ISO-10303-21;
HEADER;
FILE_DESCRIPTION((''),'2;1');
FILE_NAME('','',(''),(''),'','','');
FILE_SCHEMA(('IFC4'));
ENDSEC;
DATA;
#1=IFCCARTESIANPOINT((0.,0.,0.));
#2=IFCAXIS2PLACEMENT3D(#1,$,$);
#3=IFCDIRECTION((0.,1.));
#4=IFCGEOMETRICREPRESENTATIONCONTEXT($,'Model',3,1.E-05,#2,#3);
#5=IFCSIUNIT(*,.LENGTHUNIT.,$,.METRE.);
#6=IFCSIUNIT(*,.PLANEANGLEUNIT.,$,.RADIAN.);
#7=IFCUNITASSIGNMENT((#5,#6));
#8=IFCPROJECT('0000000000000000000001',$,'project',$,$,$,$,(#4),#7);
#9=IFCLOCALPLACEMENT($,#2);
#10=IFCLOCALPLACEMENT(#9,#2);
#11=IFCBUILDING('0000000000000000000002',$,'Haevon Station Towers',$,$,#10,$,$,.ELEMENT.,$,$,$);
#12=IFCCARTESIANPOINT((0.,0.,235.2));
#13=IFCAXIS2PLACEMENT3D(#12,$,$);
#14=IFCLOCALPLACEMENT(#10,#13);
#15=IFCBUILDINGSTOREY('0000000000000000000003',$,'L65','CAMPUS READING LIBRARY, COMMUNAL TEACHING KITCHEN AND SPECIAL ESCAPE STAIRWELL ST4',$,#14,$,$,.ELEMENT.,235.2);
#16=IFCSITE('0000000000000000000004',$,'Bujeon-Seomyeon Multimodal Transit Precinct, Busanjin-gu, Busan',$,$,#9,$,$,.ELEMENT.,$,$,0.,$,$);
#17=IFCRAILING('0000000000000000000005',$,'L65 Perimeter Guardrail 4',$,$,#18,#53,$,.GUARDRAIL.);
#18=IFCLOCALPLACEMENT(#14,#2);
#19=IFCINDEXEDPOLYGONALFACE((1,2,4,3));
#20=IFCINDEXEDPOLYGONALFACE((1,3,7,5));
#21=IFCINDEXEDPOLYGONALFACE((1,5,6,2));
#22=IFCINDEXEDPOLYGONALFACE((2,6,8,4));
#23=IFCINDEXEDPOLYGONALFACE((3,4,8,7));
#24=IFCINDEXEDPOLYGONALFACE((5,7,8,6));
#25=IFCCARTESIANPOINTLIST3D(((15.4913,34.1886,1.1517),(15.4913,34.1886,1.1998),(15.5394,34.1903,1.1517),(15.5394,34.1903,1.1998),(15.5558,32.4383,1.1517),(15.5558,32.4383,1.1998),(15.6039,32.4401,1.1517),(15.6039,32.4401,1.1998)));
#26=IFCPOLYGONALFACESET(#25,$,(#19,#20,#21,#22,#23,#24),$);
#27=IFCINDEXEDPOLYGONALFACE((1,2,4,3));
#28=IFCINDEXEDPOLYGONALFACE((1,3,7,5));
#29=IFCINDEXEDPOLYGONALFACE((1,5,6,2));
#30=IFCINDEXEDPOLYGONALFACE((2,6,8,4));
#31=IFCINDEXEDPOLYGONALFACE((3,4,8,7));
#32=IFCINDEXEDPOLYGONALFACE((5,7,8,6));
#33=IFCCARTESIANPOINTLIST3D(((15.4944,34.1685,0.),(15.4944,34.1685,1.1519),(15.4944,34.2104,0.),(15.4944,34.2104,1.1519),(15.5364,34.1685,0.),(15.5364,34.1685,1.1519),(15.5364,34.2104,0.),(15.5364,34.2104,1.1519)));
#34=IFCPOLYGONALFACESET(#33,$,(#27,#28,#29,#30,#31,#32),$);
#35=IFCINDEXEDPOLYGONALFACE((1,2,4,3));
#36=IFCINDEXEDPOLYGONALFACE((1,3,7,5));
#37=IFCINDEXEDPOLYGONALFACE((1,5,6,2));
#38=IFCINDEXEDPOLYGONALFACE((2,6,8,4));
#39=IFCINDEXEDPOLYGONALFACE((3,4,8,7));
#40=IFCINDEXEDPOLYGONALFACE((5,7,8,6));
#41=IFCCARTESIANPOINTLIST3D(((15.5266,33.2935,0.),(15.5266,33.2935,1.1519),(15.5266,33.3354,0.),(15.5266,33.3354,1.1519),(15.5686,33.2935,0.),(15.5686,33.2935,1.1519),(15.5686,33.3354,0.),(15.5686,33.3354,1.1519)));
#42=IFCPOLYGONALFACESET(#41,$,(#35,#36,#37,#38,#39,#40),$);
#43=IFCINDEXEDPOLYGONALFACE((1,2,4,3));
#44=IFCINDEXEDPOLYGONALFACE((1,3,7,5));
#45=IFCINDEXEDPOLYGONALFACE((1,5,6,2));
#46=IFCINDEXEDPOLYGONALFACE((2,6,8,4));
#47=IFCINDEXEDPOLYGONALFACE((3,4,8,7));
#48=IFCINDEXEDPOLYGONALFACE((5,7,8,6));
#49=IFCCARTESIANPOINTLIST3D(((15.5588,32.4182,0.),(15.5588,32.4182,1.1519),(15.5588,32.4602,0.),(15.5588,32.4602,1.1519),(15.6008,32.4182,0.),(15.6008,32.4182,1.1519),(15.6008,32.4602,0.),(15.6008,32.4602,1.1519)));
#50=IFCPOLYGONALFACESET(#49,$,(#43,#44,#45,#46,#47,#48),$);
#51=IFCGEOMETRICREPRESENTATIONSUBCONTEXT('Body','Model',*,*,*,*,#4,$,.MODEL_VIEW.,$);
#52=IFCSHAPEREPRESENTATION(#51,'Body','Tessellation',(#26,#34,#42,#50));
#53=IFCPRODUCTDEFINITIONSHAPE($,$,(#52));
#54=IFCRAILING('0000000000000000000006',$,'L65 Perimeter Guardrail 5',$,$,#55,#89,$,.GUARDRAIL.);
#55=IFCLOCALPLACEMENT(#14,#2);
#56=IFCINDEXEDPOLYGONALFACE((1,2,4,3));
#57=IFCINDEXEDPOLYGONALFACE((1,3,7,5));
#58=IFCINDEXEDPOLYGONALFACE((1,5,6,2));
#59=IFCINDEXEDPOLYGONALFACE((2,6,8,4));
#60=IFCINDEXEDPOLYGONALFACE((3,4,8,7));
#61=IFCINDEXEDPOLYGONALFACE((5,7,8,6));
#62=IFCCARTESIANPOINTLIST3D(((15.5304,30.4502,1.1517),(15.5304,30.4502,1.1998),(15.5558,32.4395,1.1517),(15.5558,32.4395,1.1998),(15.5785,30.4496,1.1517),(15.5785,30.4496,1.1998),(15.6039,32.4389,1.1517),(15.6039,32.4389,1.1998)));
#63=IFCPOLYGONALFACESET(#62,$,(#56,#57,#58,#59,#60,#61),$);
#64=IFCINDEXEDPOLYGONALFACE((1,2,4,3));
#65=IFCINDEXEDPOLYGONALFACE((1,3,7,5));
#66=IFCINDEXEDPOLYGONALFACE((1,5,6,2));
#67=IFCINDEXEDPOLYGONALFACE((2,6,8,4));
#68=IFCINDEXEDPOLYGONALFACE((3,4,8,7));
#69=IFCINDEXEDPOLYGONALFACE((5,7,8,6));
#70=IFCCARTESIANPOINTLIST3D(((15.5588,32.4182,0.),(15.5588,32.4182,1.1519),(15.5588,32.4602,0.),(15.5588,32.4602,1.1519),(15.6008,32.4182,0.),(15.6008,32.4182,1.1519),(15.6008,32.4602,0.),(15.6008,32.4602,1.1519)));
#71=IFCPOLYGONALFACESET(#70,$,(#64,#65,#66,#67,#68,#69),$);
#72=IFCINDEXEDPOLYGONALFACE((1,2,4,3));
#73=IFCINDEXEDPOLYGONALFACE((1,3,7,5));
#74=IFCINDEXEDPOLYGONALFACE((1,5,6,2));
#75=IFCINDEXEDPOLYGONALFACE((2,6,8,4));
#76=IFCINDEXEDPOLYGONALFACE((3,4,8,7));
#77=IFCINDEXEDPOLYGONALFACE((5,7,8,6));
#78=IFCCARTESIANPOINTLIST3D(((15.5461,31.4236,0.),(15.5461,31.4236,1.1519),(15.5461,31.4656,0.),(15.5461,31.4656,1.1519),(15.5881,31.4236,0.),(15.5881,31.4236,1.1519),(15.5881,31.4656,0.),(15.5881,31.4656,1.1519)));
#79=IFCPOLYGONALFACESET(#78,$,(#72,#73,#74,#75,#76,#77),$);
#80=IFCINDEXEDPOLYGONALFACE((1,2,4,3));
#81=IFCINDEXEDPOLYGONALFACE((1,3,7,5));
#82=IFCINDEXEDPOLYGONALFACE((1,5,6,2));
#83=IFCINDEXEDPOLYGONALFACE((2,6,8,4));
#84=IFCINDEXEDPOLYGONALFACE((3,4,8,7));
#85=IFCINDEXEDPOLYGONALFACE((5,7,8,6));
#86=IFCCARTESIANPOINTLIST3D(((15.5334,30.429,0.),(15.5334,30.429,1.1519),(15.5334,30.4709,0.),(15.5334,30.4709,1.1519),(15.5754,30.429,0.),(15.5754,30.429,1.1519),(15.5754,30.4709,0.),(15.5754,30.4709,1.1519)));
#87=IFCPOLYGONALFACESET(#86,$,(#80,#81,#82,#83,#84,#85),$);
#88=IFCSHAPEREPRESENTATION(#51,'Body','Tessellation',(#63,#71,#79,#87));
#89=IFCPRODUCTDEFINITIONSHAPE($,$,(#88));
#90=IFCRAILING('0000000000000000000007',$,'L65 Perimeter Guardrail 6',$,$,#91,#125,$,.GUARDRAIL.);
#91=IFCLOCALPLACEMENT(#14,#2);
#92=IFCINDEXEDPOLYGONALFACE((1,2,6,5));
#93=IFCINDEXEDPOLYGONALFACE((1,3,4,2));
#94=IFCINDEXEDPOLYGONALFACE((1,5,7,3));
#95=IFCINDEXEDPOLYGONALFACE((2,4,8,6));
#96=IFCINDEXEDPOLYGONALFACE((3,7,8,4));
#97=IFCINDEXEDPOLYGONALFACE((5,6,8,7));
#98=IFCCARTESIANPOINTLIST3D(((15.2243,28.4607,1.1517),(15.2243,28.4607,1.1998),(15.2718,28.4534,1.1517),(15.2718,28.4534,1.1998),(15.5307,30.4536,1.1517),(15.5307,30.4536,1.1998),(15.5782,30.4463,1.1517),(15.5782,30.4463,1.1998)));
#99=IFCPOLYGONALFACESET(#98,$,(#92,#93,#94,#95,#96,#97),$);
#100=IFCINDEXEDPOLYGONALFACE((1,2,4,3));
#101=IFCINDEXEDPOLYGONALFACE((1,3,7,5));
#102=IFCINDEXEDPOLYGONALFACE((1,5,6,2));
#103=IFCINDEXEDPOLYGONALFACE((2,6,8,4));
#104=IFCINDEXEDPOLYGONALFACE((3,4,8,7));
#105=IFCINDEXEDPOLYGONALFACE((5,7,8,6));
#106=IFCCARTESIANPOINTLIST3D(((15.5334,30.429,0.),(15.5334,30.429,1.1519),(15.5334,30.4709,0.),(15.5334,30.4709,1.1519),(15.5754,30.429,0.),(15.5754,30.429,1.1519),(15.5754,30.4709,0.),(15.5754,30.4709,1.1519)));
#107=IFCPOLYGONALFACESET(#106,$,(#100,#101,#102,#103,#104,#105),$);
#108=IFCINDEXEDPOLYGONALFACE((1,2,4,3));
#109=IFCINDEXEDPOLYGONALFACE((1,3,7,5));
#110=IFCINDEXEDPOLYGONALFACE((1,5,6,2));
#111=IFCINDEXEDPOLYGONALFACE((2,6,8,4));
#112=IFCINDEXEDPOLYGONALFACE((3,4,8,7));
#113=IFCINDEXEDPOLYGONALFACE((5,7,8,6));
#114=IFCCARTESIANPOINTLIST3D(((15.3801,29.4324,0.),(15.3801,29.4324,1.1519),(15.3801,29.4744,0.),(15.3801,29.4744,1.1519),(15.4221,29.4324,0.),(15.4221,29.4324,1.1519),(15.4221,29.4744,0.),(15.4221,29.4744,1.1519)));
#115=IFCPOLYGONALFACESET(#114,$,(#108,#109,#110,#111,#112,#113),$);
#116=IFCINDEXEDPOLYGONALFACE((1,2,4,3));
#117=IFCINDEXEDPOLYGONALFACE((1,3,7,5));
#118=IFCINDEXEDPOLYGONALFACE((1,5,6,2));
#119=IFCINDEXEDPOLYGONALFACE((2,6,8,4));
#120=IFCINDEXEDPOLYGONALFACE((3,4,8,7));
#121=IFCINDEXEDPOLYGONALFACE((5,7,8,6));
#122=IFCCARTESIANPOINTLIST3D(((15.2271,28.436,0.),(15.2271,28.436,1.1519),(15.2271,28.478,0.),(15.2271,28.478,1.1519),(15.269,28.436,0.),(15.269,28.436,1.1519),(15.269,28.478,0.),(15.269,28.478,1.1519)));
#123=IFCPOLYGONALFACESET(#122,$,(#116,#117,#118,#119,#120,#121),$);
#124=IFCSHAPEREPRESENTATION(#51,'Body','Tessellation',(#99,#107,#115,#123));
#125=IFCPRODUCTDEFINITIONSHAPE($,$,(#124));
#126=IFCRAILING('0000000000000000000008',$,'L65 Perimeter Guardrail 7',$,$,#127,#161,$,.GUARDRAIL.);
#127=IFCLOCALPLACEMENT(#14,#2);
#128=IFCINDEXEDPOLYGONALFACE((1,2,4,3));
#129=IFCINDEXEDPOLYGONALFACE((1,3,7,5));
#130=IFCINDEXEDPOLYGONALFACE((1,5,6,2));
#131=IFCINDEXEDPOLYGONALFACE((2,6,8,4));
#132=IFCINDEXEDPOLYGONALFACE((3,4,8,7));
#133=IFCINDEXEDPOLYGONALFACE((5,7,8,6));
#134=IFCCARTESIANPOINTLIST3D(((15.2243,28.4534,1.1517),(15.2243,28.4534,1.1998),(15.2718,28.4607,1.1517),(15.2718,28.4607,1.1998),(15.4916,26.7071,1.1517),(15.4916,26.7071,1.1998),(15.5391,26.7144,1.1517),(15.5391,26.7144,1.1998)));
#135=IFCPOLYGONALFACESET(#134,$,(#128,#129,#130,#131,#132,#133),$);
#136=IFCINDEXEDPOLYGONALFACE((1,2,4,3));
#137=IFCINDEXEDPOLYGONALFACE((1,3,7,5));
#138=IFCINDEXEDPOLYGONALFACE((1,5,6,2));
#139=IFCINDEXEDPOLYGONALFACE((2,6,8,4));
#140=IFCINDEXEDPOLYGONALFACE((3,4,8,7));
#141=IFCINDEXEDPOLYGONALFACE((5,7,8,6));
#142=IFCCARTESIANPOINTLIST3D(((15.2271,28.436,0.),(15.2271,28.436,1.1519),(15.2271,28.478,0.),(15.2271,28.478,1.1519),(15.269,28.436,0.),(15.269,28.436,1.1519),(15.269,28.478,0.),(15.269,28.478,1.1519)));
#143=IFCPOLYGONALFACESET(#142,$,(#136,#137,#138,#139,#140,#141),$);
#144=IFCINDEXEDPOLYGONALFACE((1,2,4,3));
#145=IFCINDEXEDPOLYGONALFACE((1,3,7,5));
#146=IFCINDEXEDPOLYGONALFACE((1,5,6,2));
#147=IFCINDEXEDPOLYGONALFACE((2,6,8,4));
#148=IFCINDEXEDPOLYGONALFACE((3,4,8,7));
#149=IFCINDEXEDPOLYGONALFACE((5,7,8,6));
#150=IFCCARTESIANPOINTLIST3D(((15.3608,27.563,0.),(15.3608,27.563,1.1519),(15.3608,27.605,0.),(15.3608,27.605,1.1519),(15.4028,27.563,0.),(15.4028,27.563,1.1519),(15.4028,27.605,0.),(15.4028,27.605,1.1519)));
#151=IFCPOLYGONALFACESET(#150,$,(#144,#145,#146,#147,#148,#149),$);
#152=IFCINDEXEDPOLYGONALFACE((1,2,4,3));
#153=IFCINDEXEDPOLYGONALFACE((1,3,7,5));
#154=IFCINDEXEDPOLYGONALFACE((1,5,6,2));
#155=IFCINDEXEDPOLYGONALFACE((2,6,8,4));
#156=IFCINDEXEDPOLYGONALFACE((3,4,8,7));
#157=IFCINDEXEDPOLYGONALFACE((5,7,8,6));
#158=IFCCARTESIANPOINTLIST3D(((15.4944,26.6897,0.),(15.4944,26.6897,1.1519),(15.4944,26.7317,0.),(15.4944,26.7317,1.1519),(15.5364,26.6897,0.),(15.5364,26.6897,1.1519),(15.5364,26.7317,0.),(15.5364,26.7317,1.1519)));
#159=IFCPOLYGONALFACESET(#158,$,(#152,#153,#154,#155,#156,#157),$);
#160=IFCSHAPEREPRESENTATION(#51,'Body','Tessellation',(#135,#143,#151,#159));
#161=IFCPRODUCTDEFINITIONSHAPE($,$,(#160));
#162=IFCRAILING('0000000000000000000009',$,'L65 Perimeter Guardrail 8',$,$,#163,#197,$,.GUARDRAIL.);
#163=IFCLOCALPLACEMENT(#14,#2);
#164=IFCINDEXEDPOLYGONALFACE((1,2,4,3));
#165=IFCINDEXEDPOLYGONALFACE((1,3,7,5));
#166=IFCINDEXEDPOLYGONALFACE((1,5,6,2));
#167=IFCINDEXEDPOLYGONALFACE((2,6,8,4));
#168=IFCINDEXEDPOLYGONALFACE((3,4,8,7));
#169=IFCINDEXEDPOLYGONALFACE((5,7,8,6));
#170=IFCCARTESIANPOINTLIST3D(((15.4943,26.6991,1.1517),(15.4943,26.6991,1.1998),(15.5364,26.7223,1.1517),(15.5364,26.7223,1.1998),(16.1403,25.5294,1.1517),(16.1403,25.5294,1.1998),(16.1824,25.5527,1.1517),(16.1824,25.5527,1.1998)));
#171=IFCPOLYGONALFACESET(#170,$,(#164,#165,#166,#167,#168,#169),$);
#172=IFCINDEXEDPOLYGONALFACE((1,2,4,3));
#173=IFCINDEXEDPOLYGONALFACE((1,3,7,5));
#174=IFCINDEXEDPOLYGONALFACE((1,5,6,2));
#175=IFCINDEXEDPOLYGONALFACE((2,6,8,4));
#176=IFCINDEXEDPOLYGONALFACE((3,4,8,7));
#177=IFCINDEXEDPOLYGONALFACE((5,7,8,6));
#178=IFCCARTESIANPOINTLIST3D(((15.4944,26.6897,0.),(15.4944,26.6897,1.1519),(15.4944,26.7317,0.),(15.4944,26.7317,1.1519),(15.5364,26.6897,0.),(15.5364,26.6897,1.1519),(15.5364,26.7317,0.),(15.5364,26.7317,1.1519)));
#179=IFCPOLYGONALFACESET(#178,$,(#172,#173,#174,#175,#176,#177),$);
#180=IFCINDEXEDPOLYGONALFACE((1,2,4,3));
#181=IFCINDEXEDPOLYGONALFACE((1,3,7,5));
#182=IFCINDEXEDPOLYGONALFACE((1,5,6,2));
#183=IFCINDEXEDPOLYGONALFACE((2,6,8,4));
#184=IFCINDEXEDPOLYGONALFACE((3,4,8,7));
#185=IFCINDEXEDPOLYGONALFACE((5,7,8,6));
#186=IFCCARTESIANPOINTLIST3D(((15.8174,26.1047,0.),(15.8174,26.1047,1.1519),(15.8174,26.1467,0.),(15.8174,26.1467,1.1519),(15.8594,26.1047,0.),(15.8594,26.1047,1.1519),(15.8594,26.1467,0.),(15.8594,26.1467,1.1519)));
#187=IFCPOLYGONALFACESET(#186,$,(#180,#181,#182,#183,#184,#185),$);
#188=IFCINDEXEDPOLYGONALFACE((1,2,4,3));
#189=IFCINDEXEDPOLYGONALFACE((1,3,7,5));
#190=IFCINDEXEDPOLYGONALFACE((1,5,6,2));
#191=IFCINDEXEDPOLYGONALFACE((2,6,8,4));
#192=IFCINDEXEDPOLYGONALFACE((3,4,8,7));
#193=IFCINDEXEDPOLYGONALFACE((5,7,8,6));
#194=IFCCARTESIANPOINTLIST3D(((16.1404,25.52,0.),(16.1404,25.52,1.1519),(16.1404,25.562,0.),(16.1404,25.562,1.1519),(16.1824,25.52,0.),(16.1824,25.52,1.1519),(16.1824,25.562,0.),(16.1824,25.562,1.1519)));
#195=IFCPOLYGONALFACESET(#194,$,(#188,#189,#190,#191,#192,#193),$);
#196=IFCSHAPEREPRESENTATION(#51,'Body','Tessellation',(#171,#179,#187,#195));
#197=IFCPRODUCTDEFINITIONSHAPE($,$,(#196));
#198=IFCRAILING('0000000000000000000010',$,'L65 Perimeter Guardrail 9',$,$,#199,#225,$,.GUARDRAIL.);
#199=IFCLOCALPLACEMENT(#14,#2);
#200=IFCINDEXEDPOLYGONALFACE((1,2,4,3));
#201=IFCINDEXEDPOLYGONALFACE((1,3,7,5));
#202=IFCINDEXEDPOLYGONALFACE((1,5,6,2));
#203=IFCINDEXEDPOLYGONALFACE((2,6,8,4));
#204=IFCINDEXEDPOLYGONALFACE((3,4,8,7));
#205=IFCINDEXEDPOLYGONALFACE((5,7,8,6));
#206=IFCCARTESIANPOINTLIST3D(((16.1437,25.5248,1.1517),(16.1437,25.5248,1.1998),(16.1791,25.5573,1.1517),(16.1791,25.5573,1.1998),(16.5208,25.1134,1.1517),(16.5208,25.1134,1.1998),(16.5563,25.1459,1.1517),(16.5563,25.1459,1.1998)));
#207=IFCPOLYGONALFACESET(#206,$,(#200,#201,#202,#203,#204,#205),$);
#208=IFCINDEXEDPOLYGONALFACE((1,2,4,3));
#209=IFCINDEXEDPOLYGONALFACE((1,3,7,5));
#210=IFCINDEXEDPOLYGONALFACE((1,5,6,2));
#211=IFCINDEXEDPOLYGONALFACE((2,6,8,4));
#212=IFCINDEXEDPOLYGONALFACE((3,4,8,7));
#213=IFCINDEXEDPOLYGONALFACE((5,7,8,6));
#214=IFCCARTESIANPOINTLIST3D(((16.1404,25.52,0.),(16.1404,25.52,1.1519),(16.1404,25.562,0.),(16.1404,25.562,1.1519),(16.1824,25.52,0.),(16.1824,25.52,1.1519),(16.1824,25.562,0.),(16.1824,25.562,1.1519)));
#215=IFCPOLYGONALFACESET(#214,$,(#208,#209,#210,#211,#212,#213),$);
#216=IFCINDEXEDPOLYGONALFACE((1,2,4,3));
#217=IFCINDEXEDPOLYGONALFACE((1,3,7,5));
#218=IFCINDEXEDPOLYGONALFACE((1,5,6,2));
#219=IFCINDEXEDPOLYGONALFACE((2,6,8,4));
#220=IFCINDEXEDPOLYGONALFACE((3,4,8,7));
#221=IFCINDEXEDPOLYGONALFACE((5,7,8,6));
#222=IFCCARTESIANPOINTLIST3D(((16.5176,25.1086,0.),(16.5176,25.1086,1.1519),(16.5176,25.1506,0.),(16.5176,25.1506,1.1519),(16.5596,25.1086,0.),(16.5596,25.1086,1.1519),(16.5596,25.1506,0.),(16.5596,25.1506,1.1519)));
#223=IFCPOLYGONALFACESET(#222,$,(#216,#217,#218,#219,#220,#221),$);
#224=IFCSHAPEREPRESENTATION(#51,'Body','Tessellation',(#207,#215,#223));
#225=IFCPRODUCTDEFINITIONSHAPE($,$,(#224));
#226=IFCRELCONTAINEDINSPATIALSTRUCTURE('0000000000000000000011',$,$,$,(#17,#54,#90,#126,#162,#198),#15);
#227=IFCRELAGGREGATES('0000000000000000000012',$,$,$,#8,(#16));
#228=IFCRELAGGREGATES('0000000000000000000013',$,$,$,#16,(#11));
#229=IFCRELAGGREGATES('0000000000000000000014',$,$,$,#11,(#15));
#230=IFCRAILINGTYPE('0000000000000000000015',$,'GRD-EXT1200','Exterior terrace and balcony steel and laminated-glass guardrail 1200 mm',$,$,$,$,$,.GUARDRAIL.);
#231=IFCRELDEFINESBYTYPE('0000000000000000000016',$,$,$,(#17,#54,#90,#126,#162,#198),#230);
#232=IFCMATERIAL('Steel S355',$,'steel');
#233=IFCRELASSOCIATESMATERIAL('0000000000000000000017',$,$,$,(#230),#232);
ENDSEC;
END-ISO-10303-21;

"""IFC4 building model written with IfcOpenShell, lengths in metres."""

from ifc_helpers import new_model, si_unit, direction, frame, origin, origin_2d, place, context, subcontext, project, spatial, rectangle, extrude, material, type_object, element, save


model = new_model("IFC4")

# Units and contexts
model_context = context("Model", 3, precision=1e-05, world=origin(), true_north=direction((0.0, 1.0)))
body_context = subcontext(model_context, "Body", "Model", "MODEL_VIEW")
ifc_project = project(units=[si_unit("LENGTHUNIT", "METRE"), si_unit("PLANEANGLEUNIT", "RADIAN")], contexts=[model_context])

# Site, building, storey
site_placement = place(None, origin())
site = spatial("IfcSite", under=ifc_project, at=site_placement, Name="Bujeon-Seomyeon Multimodal Transit Precinct, Busanjin-gu, Busan", CompositionType="ELEMENT", RefElevation=0.0)
building_placement = place(site_placement, origin())
building = spatial("IfcBuilding", under=site, at=building_placement, Name="Haevon Station Towers", CompositionType="ELEMENT")
storey_placement = place(building_placement, frame((0.0, 0.0, 235.2)))
storey = spatial("IfcBuildingStorey", under=building, at=storey_placement, Name="L65", Description="CAMPUS READING LIBRARY, COMMUNAL TEACHING KITCHEN AND SPECIAL ESCAPE STAIRWELL ST4", CompositionType="ELEMENT", Elevation=235.2)

# Shared definitions
ifc_material_1 = material(Name="Steel S355", Category="steel")

# Railings
railing_type = type_object("IfcRailingType", Name="GRD-EXT1200", Description="Exterior terrace and balcony steel and laminated-glass guardrail 1200 mm", PredefinedType="GUARDRAIL", material=ifc_material_1)
railing_1_placement = place(storey_placement, frame((15.5154, 34.1895, 0.0)))
element("IfcRailing", 1, at=railing_1_placement, inside=storey, type_object=railing_type, Name="L65 Perimeter Guardrail 4", PredefinedType="GUARDRAIL", context=body_context, shape_type="SweptSolid", body=[
    extrude(rectangle(XDim=0.0481, YDim=0.0481, at=origin_2d()), frame((0.0, 0.0, 1.1758), z_axis=(0.0368, -0.999323, 0.0), x_axis=(0.999323, 0.0368, 0.0)), (0.0, 0.0, 1.0), 1.7515),
    extrude(rectangle(XDim=0.042, YDim=0.042, at=origin_2d()), origin(), (0.0, 0.0, 1.0), 1.1519),
    extrude(rectangle(XDim=0.042, YDim=0.042, at=origin_2d()), frame((0.0322, -0.875, 0.0)), (0.0, 0.0, 1.0), 1.1519),
    extrude(rectangle(XDim=0.042, YDim=0.042, at=origin_2d()), frame((0.0645, -1.7502, 0.0)), (0.0, 0.0, 1.0), 1.1519),
])
railing_2_placement = place(storey_placement, frame((15.5798, 32.4392, 0.0)))
element("IfcRailing", 2, at=railing_2_placement, inside=storey, type_object=railing_type, Name="L65 Perimeter Guardrail 5", PredefinedType="GUARDRAIL", context=body_context, shape_type="SweptSolid", body=[
    extrude(rectangle(XDim=0.0481, YDim=0.0481, at=origin_2d()), frame((0.0, 0.0, 1.1758), z_axis=(-0.012763, -0.999919, 0.0), x_axis=(0.999919, -0.012763, 0.0)), (0.0, 0.0, 1.0), 1.9895),
    extrude(rectangle(XDim=0.042, YDim=0.042, at=origin_2d()), origin(), (0.0, 0.0, 1.0), 1.1519),
    extrude(rectangle(XDim=0.042, YDim=0.042, at=origin_2d()), frame((-0.0127, -0.9946, 0.0)), (0.0, 0.0, 1.0), 1.1519),
    extrude(rectangle(XDim=0.042, YDim=0.042, at=origin_2d()), frame((-0.0254, -1.9893, 0.0)), (0.0, 0.0, 1.0), 1.1519),
])
railing_3_placement = place(storey_placement, frame((15.5544, 30.45, 0.0)))
element("IfcRailing", 3, at=railing_3_placement, inside=storey, type_object=railing_type, Name="L65 Perimeter Guardrail 6", PredefinedType="GUARDRAIL", context=body_context, shape_type="SweptSolid", body=[
    extrude(rectangle(XDim=0.0481, YDim=0.0481, at=origin_2d()), frame((0.0, 0.0, 1.1758), z_axis=(-0.151957, -0.988387, 0.0), x_axis=(0.988387, -0.151957, 0.0)), (0.0, 0.0, 1.0), 2.0164),
    extrude(rectangle(XDim=0.042, YDim=0.042, at=origin_2d()), origin(), (0.0, 0.0, 1.0), 1.1519),
    extrude(rectangle(XDim=0.042, YDim=0.042, at=origin_2d()), frame((-0.1533, -0.9966, 0.0)), (0.0, 0.0, 1.0), 1.1519),
    extrude(rectangle(XDim=0.042, YDim=0.042, at=origin_2d()), frame((-0.3064, -1.9929, 0.0)), (0.0, 0.0, 1.0), 1.1519),
])
railing_4_placement = place(storey_placement, frame((15.248, 28.457, 0.0)))
element("IfcRailing", 4, at=railing_4_placement, inside=storey, type_object=railing_type, Name="L65 Perimeter Guardrail 7", PredefinedType="GUARDRAIL", context=body_context, shape_type="SweptSolid", body=[
    extrude(rectangle(XDim=0.0481, YDim=0.0481, at=origin_2d()), frame((0.0, 0.0, 1.1758), z_axis=(0.15132, -0.988485, 0.0), x_axis=(0.988485, 0.15132, 0.0)), (0.0, 0.0, 1.0), 1.7666),
    extrude(rectangle(XDim=0.042, YDim=0.042, at=origin_2d()), origin(), (0.0, 0.0, 1.0), 1.1519),
    extrude(rectangle(XDim=0.042, YDim=0.042, at=origin_2d()), frame((0.1338, -0.873, 0.0)), (0.0, 0.0, 1.0), 1.1519),
    extrude(rectangle(XDim=0.042, YDim=0.042, at=origin_2d()), frame((0.2673, -1.7463, 0.0)), (0.0, 0.0, 1.0), 1.1519),
])
railing_5_placement = place(storey_placement, frame((15.5154, 26.7107, 0.0)))
element("IfcRailing", 5, at=railing_5_placement, inside=storey, type_object=railing_type, Name="L65 Perimeter Guardrail 8", PredefinedType="GUARDRAIL", context=body_context, shape_type="SweptSolid", body=[
    extrude(rectangle(XDim=0.0481, YDim=0.0481, at=origin_2d()), frame((0.0, 0.0, 1.1758), z_axis=(0.483454, -0.87537, 0.0), x_axis=(0.87537, 0.483454, 0.0)), (0.0, 0.0, 1.0), 1.3362),
    extrude(rectangle(XDim=0.042, YDim=0.042, at=origin_2d()), origin(), (0.0, 0.0, 1.0), 1.1519),
    extrude(rectangle(XDim=0.042, YDim=0.042, at=origin_2d()), frame((0.323, -0.585, 0.0)), (0.0, 0.0, 1.0), 1.1519),
    extrude(rectangle(XDim=0.042, YDim=0.042, at=origin_2d()), frame((0.646, -1.1697, 0.0)), (0.0, 0.0, 1.0), 1.1519),
])
railing_6_placement = place(storey_placement, frame((16.1614, 25.541, 0.0)))
element("IfcRailing", 6, at=railing_6_placement, inside=storey, type_object=railing_type, Name="L65 Perimeter Guardrail 9", PredefinedType="GUARDRAIL", context=body_context, shape_type="SweptSolid", body=[
    extrude(rectangle(XDim=0.0481, YDim=0.0481, at=origin_2d()), frame((0.0, 0.0, 1.1758), z_axis=(0.675824, -0.737063, 0.0), x_axis=(0.737063, 0.675824, 0.0)), (0.0, 0.0, 1.0), 0.5581),
    extrude(rectangle(XDim=0.042, YDim=0.042, at=origin_2d()), origin(), (0.0, 0.0, 1.0), 1.1519),
    extrude(rectangle(XDim=0.042, YDim=0.042, at=origin_2d()), frame((0.3772, -0.4114, 0.0)), (0.0, 0.0, 1.0), 1.1519),
])

save(model, "model.ifc")
